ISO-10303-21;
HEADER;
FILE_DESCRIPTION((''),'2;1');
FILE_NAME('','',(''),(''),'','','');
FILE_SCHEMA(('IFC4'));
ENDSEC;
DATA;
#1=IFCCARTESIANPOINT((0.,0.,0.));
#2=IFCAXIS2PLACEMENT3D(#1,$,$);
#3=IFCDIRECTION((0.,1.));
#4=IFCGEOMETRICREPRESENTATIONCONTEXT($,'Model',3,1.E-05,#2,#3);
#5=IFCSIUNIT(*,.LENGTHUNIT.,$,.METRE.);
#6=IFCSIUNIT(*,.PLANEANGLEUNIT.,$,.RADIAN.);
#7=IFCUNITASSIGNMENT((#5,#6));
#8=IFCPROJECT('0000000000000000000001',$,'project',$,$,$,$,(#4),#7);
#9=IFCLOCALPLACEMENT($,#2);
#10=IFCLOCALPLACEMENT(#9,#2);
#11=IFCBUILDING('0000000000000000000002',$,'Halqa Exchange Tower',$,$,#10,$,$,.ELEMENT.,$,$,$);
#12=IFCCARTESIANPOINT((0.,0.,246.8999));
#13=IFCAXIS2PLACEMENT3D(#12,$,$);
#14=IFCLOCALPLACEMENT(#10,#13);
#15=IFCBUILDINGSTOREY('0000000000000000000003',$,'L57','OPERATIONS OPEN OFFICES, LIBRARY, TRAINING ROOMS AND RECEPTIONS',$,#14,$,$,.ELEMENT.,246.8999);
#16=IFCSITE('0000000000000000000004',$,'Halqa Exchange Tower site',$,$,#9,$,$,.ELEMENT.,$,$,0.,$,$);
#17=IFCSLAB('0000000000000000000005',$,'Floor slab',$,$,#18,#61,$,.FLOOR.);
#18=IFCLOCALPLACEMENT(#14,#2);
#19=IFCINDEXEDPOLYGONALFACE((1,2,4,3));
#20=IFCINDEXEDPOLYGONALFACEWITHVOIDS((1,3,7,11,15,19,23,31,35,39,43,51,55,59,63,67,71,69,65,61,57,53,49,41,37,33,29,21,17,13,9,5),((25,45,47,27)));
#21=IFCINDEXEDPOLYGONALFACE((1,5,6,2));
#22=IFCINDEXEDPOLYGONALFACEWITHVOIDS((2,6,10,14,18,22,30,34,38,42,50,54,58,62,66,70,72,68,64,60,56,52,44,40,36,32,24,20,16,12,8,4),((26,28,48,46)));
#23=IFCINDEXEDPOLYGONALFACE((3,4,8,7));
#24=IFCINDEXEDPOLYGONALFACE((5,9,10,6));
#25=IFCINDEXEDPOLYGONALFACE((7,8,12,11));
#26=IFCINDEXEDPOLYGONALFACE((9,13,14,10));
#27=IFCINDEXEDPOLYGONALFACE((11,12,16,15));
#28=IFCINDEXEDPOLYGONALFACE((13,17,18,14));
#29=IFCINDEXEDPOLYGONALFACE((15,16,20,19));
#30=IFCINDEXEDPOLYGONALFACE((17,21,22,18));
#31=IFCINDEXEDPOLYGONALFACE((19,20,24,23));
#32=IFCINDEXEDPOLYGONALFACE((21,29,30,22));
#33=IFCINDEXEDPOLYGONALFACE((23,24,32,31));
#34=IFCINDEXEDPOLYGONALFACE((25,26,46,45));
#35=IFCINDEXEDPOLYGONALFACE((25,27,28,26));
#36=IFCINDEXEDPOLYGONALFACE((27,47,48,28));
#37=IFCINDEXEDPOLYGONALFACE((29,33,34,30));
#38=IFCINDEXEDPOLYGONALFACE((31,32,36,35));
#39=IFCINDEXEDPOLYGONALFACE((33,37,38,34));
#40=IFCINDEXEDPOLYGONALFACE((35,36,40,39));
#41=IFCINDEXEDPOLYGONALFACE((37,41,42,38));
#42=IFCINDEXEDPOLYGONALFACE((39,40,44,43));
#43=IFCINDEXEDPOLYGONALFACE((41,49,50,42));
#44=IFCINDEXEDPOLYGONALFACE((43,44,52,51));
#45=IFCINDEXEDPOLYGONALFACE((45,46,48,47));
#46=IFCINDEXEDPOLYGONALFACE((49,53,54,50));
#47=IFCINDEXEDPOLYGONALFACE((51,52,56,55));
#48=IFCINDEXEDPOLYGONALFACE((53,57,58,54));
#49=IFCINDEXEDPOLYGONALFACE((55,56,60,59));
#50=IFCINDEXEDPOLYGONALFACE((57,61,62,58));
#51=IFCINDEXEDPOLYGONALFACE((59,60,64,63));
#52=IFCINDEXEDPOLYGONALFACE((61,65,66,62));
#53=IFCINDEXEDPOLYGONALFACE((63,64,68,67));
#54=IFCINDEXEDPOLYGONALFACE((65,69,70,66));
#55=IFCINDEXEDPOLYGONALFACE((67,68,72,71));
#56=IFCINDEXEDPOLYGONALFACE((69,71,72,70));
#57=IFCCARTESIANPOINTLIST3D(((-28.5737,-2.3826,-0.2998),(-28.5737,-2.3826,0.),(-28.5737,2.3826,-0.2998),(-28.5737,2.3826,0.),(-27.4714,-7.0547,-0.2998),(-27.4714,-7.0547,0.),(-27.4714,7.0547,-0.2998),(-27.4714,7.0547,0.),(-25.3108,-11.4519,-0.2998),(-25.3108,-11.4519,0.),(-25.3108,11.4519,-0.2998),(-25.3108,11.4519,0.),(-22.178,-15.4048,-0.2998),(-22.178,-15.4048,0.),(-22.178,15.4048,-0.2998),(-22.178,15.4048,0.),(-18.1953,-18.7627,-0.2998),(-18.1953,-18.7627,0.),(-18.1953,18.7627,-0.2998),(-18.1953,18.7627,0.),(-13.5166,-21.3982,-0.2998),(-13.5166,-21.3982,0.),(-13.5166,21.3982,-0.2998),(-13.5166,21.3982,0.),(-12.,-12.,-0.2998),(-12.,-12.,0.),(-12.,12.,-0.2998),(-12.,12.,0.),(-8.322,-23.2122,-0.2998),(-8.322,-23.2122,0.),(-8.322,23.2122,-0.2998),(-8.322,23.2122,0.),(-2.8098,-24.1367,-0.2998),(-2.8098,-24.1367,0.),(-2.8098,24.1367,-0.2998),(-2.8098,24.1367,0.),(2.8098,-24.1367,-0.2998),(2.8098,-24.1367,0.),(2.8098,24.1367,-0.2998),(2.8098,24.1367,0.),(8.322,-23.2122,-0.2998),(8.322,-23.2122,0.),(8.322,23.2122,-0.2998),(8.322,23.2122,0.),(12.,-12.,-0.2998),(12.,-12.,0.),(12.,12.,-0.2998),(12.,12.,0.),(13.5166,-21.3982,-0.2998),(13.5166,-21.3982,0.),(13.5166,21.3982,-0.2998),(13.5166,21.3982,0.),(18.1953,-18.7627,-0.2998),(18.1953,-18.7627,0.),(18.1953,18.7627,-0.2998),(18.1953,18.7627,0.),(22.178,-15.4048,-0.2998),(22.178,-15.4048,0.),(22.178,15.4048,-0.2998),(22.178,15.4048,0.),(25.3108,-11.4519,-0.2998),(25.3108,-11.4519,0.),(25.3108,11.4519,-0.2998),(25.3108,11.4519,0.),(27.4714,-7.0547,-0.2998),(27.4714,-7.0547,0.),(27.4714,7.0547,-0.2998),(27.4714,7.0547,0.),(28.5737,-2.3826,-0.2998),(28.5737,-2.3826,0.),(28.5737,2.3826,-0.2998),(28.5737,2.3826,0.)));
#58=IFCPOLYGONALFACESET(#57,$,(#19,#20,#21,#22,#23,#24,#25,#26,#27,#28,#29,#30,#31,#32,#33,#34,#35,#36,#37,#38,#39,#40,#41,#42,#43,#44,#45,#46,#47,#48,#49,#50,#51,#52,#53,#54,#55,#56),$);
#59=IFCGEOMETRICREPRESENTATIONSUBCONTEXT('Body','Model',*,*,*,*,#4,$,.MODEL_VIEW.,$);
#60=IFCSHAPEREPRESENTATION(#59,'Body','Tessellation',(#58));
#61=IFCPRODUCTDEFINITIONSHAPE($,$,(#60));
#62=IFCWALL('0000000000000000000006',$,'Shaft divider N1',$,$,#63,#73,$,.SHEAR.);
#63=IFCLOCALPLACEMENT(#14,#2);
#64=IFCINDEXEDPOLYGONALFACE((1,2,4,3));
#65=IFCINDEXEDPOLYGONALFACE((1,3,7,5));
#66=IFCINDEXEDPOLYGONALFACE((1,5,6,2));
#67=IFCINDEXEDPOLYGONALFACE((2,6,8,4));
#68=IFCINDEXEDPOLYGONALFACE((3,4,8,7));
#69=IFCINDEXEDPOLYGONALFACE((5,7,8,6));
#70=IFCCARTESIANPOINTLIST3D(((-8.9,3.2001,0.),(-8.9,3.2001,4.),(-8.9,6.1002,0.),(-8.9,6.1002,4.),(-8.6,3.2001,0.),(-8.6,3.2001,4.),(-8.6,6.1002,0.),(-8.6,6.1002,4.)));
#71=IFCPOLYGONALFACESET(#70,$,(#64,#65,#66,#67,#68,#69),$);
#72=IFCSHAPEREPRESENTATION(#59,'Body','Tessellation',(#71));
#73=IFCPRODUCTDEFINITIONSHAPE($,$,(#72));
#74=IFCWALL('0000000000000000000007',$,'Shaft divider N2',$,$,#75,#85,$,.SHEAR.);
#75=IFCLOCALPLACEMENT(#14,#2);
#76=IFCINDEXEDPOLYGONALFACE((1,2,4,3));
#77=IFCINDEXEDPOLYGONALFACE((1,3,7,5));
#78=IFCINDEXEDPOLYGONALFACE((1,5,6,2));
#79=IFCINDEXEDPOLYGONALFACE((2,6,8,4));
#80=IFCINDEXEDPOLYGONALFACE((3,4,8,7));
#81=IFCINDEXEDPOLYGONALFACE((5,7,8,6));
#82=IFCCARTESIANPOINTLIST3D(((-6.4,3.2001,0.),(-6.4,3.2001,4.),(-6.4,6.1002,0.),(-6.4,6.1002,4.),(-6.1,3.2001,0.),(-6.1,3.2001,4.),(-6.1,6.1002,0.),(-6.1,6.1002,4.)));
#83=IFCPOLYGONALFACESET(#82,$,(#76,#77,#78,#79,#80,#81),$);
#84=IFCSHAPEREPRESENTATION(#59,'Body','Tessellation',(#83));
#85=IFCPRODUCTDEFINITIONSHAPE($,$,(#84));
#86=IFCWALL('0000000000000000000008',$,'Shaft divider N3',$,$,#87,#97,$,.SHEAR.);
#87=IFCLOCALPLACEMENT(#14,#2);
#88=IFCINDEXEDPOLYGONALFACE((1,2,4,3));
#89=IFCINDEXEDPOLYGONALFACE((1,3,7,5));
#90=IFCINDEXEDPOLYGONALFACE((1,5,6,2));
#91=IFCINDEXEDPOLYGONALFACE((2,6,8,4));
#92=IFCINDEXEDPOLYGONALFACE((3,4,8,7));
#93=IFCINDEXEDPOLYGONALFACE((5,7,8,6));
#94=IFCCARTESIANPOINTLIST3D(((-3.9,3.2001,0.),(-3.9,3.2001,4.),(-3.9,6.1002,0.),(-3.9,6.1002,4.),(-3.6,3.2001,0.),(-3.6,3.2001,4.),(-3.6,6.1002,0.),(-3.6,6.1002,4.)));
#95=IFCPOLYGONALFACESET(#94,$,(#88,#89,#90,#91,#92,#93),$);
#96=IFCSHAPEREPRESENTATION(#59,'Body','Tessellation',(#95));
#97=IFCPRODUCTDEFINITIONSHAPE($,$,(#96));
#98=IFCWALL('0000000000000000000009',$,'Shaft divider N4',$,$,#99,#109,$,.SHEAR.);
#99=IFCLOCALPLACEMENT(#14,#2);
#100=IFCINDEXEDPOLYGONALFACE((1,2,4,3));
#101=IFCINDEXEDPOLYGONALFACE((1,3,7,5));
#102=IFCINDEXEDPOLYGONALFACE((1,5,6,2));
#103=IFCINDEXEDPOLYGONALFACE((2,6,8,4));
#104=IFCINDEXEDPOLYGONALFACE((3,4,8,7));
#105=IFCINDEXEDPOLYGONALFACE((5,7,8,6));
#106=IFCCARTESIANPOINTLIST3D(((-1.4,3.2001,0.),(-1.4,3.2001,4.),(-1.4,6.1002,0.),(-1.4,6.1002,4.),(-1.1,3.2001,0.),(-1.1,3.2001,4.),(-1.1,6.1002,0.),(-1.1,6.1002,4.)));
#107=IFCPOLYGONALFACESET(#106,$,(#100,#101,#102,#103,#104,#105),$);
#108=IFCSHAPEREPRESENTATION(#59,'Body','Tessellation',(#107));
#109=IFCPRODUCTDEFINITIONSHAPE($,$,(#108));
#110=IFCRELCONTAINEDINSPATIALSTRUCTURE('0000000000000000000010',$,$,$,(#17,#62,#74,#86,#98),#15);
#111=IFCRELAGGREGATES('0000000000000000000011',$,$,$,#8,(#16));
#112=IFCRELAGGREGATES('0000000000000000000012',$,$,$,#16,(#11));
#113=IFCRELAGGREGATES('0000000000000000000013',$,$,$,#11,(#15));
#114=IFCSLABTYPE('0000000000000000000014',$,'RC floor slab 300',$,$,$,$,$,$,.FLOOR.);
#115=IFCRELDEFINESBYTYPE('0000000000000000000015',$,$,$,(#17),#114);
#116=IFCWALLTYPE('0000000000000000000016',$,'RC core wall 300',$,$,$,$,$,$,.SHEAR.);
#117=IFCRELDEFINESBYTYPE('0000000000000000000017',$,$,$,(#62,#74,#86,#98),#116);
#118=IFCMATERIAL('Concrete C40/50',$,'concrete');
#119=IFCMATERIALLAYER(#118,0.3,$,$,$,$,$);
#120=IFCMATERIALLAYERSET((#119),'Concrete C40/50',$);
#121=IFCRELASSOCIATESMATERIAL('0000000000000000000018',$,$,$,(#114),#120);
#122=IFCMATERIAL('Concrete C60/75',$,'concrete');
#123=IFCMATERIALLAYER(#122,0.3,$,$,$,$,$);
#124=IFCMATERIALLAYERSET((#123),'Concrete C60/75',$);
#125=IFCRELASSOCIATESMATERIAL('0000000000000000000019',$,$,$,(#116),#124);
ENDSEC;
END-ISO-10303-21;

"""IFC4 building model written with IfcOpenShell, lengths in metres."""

from ifc_helpers import new_model, si_unit, direction, frame, frame_2d, origin, place, context, subcontext, project, spatial, polyline, rectangle, outline, extrude, material, layer, layer_set, type_object, element, save


model = new_model("IFC4")

# Units and contexts
model_context = context("Model", 3, precision=1e-05, world=origin(), true_north=direction((0.0, 1.0)))
body_context = subcontext(model_context, "Body", "Model", "MODEL_VIEW")
ifc_project = project(units=[si_unit("LENGTHUNIT", "METRE"), si_unit("PLANEANGLEUNIT", "RADIAN")], contexts=[model_context])

# Site, building, storey
site_placement = place(None, origin())
site = spatial("IfcSite", under=ifc_project, at=site_placement, Name="Halqa Exchange Tower site", CompositionType="ELEMENT", RefElevation=0.0)
building_placement = place(site_placement, origin())
building = spatial("IfcBuilding", under=site, at=building_placement, Name="Halqa Exchange Tower", CompositionType="ELEMENT")
storey_placement = place(building_placement, frame((0.0, 0.0, 246.8999)))
storey = spatial("IfcBuildingStorey", under=building, at=storey_placement, Name="L57", Description="OPERATIONS OPEN OFFICES, LIBRARY, TRAINING ROOMS AND RECEPTIONS", CompositionType="ELEMENT", Elevation=246.8999)

# Slab
ifc_material_1 = material(Name="Concrete C40/50", Category="concrete")
ifc_layer_1 = layer(ifc_material_1, 0.3)
ifc_layer_set_1 = layer_set([ifc_layer_1], Name="Concrete C40/50")
slab_type = type_object("IfcSlabType", Name="RC floor slab 300", PredefinedType="FLOOR", material=ifc_layer_set_1)
slab_placement = place(storey_placement, frame((0.0, 0.0, -0.2998)))
element("IfcSlab", 1, at=slab_placement, inside=storey, type_object=slab_type, Name="Floor slab", PredefinedType="FLOOR", context=body_context, shape_type="SweptSolid", body=[
    extrude(outline(polyline([(28.5737, 2.3826), (27.4714, 7.0547), (25.3108, 11.4519), (22.178, 15.4048), (18.1953, 18.7627), (13.5166, 21.3982), (8.322, 23.2122), (2.8098, 24.1367), (-2.8098, 24.1367), (-8.322, 23.2122), (-13.5166, 21.3982), (-18.1953, 18.7627), (-22.178, 15.4048), (-25.3108, 11.4519), (-27.4714, 7.0547), (-28.5737, 2.3826), (-28.5737, -2.3826), (-27.4714, -7.0547), (-25.3108, -11.4519), (-22.178, -15.4048), (-18.1953, -18.7627), (-13.5166, -21.3982), (-8.322, -23.2122), (-2.8098, -24.1367), (2.8098, -24.1367), (8.322, -23.2122), (13.5166, -21.3982), (18.1953, -18.7627), (22.178, -15.4048), (25.3108, -11.4519), (27.4714, -7.0547), (28.5737, -2.3826), (28.5737, 2.3826)]), holes=[polyline([(-12.0, -12.0), (12.0, -12.0), (12.0, 12.0), (-12.0, 12.0), (-12.0, -12.0)])]), origin(), (0.0, 0.0, 1.0), 0.2998),
])

# Walls
ifc_material_2 = material(Name="Concrete C60/75", Category="concrete")
ifc_layer_2 = layer(ifc_material_2, 0.3)
ifc_layer_set_2 = layer_set([ifc_layer_2], Name="Concrete C60/75")
wall_type_1 = type_object("IfcWallType", Name="RC core wall 300", PredefinedType="SHEAR", material=ifc_layer_set_2)
for number, where, z_axis, x_axis, name in (
    (2, (-8.75, 3.2, 0.0), (0.0, 0.0, 1.0), (0.0, 1.0, 0.0), "Shaft divider N1"),
    (3, (-6.25, 3.2, 0.0), (0.0, 0.0, 1.0), (0.0, 1.0, 0.0), "Shaft divider N2"),
    (4, (-3.75, 3.2, 0.0), (0.0, 0.0, 1.0), (0.0, 1.0, 0.0), "Shaft divider N3"),
    (5, (-1.25, 3.2, 0.0), (0.0, 0.0, 1.0), (0.0, 1.0, 0.0), "Shaft divider N4"),
):
    element("IfcWall", number, at=place(storey_placement, frame(where, z_axis=z_axis, x_axis=x_axis)), inside=storey, type_object=wall_type_1, Name=name, PredefinedType="SHEAR", context=body_context, shape_type="SweptSolid", body=[
        extrude(rectangle(XDim=2.9001, YDim=0.3, at=frame_2d((1.4502, 0.0))), origin(), (0.0, 0.0, 1.0), 4.0),
    ])

save(model, "model.ifc")
